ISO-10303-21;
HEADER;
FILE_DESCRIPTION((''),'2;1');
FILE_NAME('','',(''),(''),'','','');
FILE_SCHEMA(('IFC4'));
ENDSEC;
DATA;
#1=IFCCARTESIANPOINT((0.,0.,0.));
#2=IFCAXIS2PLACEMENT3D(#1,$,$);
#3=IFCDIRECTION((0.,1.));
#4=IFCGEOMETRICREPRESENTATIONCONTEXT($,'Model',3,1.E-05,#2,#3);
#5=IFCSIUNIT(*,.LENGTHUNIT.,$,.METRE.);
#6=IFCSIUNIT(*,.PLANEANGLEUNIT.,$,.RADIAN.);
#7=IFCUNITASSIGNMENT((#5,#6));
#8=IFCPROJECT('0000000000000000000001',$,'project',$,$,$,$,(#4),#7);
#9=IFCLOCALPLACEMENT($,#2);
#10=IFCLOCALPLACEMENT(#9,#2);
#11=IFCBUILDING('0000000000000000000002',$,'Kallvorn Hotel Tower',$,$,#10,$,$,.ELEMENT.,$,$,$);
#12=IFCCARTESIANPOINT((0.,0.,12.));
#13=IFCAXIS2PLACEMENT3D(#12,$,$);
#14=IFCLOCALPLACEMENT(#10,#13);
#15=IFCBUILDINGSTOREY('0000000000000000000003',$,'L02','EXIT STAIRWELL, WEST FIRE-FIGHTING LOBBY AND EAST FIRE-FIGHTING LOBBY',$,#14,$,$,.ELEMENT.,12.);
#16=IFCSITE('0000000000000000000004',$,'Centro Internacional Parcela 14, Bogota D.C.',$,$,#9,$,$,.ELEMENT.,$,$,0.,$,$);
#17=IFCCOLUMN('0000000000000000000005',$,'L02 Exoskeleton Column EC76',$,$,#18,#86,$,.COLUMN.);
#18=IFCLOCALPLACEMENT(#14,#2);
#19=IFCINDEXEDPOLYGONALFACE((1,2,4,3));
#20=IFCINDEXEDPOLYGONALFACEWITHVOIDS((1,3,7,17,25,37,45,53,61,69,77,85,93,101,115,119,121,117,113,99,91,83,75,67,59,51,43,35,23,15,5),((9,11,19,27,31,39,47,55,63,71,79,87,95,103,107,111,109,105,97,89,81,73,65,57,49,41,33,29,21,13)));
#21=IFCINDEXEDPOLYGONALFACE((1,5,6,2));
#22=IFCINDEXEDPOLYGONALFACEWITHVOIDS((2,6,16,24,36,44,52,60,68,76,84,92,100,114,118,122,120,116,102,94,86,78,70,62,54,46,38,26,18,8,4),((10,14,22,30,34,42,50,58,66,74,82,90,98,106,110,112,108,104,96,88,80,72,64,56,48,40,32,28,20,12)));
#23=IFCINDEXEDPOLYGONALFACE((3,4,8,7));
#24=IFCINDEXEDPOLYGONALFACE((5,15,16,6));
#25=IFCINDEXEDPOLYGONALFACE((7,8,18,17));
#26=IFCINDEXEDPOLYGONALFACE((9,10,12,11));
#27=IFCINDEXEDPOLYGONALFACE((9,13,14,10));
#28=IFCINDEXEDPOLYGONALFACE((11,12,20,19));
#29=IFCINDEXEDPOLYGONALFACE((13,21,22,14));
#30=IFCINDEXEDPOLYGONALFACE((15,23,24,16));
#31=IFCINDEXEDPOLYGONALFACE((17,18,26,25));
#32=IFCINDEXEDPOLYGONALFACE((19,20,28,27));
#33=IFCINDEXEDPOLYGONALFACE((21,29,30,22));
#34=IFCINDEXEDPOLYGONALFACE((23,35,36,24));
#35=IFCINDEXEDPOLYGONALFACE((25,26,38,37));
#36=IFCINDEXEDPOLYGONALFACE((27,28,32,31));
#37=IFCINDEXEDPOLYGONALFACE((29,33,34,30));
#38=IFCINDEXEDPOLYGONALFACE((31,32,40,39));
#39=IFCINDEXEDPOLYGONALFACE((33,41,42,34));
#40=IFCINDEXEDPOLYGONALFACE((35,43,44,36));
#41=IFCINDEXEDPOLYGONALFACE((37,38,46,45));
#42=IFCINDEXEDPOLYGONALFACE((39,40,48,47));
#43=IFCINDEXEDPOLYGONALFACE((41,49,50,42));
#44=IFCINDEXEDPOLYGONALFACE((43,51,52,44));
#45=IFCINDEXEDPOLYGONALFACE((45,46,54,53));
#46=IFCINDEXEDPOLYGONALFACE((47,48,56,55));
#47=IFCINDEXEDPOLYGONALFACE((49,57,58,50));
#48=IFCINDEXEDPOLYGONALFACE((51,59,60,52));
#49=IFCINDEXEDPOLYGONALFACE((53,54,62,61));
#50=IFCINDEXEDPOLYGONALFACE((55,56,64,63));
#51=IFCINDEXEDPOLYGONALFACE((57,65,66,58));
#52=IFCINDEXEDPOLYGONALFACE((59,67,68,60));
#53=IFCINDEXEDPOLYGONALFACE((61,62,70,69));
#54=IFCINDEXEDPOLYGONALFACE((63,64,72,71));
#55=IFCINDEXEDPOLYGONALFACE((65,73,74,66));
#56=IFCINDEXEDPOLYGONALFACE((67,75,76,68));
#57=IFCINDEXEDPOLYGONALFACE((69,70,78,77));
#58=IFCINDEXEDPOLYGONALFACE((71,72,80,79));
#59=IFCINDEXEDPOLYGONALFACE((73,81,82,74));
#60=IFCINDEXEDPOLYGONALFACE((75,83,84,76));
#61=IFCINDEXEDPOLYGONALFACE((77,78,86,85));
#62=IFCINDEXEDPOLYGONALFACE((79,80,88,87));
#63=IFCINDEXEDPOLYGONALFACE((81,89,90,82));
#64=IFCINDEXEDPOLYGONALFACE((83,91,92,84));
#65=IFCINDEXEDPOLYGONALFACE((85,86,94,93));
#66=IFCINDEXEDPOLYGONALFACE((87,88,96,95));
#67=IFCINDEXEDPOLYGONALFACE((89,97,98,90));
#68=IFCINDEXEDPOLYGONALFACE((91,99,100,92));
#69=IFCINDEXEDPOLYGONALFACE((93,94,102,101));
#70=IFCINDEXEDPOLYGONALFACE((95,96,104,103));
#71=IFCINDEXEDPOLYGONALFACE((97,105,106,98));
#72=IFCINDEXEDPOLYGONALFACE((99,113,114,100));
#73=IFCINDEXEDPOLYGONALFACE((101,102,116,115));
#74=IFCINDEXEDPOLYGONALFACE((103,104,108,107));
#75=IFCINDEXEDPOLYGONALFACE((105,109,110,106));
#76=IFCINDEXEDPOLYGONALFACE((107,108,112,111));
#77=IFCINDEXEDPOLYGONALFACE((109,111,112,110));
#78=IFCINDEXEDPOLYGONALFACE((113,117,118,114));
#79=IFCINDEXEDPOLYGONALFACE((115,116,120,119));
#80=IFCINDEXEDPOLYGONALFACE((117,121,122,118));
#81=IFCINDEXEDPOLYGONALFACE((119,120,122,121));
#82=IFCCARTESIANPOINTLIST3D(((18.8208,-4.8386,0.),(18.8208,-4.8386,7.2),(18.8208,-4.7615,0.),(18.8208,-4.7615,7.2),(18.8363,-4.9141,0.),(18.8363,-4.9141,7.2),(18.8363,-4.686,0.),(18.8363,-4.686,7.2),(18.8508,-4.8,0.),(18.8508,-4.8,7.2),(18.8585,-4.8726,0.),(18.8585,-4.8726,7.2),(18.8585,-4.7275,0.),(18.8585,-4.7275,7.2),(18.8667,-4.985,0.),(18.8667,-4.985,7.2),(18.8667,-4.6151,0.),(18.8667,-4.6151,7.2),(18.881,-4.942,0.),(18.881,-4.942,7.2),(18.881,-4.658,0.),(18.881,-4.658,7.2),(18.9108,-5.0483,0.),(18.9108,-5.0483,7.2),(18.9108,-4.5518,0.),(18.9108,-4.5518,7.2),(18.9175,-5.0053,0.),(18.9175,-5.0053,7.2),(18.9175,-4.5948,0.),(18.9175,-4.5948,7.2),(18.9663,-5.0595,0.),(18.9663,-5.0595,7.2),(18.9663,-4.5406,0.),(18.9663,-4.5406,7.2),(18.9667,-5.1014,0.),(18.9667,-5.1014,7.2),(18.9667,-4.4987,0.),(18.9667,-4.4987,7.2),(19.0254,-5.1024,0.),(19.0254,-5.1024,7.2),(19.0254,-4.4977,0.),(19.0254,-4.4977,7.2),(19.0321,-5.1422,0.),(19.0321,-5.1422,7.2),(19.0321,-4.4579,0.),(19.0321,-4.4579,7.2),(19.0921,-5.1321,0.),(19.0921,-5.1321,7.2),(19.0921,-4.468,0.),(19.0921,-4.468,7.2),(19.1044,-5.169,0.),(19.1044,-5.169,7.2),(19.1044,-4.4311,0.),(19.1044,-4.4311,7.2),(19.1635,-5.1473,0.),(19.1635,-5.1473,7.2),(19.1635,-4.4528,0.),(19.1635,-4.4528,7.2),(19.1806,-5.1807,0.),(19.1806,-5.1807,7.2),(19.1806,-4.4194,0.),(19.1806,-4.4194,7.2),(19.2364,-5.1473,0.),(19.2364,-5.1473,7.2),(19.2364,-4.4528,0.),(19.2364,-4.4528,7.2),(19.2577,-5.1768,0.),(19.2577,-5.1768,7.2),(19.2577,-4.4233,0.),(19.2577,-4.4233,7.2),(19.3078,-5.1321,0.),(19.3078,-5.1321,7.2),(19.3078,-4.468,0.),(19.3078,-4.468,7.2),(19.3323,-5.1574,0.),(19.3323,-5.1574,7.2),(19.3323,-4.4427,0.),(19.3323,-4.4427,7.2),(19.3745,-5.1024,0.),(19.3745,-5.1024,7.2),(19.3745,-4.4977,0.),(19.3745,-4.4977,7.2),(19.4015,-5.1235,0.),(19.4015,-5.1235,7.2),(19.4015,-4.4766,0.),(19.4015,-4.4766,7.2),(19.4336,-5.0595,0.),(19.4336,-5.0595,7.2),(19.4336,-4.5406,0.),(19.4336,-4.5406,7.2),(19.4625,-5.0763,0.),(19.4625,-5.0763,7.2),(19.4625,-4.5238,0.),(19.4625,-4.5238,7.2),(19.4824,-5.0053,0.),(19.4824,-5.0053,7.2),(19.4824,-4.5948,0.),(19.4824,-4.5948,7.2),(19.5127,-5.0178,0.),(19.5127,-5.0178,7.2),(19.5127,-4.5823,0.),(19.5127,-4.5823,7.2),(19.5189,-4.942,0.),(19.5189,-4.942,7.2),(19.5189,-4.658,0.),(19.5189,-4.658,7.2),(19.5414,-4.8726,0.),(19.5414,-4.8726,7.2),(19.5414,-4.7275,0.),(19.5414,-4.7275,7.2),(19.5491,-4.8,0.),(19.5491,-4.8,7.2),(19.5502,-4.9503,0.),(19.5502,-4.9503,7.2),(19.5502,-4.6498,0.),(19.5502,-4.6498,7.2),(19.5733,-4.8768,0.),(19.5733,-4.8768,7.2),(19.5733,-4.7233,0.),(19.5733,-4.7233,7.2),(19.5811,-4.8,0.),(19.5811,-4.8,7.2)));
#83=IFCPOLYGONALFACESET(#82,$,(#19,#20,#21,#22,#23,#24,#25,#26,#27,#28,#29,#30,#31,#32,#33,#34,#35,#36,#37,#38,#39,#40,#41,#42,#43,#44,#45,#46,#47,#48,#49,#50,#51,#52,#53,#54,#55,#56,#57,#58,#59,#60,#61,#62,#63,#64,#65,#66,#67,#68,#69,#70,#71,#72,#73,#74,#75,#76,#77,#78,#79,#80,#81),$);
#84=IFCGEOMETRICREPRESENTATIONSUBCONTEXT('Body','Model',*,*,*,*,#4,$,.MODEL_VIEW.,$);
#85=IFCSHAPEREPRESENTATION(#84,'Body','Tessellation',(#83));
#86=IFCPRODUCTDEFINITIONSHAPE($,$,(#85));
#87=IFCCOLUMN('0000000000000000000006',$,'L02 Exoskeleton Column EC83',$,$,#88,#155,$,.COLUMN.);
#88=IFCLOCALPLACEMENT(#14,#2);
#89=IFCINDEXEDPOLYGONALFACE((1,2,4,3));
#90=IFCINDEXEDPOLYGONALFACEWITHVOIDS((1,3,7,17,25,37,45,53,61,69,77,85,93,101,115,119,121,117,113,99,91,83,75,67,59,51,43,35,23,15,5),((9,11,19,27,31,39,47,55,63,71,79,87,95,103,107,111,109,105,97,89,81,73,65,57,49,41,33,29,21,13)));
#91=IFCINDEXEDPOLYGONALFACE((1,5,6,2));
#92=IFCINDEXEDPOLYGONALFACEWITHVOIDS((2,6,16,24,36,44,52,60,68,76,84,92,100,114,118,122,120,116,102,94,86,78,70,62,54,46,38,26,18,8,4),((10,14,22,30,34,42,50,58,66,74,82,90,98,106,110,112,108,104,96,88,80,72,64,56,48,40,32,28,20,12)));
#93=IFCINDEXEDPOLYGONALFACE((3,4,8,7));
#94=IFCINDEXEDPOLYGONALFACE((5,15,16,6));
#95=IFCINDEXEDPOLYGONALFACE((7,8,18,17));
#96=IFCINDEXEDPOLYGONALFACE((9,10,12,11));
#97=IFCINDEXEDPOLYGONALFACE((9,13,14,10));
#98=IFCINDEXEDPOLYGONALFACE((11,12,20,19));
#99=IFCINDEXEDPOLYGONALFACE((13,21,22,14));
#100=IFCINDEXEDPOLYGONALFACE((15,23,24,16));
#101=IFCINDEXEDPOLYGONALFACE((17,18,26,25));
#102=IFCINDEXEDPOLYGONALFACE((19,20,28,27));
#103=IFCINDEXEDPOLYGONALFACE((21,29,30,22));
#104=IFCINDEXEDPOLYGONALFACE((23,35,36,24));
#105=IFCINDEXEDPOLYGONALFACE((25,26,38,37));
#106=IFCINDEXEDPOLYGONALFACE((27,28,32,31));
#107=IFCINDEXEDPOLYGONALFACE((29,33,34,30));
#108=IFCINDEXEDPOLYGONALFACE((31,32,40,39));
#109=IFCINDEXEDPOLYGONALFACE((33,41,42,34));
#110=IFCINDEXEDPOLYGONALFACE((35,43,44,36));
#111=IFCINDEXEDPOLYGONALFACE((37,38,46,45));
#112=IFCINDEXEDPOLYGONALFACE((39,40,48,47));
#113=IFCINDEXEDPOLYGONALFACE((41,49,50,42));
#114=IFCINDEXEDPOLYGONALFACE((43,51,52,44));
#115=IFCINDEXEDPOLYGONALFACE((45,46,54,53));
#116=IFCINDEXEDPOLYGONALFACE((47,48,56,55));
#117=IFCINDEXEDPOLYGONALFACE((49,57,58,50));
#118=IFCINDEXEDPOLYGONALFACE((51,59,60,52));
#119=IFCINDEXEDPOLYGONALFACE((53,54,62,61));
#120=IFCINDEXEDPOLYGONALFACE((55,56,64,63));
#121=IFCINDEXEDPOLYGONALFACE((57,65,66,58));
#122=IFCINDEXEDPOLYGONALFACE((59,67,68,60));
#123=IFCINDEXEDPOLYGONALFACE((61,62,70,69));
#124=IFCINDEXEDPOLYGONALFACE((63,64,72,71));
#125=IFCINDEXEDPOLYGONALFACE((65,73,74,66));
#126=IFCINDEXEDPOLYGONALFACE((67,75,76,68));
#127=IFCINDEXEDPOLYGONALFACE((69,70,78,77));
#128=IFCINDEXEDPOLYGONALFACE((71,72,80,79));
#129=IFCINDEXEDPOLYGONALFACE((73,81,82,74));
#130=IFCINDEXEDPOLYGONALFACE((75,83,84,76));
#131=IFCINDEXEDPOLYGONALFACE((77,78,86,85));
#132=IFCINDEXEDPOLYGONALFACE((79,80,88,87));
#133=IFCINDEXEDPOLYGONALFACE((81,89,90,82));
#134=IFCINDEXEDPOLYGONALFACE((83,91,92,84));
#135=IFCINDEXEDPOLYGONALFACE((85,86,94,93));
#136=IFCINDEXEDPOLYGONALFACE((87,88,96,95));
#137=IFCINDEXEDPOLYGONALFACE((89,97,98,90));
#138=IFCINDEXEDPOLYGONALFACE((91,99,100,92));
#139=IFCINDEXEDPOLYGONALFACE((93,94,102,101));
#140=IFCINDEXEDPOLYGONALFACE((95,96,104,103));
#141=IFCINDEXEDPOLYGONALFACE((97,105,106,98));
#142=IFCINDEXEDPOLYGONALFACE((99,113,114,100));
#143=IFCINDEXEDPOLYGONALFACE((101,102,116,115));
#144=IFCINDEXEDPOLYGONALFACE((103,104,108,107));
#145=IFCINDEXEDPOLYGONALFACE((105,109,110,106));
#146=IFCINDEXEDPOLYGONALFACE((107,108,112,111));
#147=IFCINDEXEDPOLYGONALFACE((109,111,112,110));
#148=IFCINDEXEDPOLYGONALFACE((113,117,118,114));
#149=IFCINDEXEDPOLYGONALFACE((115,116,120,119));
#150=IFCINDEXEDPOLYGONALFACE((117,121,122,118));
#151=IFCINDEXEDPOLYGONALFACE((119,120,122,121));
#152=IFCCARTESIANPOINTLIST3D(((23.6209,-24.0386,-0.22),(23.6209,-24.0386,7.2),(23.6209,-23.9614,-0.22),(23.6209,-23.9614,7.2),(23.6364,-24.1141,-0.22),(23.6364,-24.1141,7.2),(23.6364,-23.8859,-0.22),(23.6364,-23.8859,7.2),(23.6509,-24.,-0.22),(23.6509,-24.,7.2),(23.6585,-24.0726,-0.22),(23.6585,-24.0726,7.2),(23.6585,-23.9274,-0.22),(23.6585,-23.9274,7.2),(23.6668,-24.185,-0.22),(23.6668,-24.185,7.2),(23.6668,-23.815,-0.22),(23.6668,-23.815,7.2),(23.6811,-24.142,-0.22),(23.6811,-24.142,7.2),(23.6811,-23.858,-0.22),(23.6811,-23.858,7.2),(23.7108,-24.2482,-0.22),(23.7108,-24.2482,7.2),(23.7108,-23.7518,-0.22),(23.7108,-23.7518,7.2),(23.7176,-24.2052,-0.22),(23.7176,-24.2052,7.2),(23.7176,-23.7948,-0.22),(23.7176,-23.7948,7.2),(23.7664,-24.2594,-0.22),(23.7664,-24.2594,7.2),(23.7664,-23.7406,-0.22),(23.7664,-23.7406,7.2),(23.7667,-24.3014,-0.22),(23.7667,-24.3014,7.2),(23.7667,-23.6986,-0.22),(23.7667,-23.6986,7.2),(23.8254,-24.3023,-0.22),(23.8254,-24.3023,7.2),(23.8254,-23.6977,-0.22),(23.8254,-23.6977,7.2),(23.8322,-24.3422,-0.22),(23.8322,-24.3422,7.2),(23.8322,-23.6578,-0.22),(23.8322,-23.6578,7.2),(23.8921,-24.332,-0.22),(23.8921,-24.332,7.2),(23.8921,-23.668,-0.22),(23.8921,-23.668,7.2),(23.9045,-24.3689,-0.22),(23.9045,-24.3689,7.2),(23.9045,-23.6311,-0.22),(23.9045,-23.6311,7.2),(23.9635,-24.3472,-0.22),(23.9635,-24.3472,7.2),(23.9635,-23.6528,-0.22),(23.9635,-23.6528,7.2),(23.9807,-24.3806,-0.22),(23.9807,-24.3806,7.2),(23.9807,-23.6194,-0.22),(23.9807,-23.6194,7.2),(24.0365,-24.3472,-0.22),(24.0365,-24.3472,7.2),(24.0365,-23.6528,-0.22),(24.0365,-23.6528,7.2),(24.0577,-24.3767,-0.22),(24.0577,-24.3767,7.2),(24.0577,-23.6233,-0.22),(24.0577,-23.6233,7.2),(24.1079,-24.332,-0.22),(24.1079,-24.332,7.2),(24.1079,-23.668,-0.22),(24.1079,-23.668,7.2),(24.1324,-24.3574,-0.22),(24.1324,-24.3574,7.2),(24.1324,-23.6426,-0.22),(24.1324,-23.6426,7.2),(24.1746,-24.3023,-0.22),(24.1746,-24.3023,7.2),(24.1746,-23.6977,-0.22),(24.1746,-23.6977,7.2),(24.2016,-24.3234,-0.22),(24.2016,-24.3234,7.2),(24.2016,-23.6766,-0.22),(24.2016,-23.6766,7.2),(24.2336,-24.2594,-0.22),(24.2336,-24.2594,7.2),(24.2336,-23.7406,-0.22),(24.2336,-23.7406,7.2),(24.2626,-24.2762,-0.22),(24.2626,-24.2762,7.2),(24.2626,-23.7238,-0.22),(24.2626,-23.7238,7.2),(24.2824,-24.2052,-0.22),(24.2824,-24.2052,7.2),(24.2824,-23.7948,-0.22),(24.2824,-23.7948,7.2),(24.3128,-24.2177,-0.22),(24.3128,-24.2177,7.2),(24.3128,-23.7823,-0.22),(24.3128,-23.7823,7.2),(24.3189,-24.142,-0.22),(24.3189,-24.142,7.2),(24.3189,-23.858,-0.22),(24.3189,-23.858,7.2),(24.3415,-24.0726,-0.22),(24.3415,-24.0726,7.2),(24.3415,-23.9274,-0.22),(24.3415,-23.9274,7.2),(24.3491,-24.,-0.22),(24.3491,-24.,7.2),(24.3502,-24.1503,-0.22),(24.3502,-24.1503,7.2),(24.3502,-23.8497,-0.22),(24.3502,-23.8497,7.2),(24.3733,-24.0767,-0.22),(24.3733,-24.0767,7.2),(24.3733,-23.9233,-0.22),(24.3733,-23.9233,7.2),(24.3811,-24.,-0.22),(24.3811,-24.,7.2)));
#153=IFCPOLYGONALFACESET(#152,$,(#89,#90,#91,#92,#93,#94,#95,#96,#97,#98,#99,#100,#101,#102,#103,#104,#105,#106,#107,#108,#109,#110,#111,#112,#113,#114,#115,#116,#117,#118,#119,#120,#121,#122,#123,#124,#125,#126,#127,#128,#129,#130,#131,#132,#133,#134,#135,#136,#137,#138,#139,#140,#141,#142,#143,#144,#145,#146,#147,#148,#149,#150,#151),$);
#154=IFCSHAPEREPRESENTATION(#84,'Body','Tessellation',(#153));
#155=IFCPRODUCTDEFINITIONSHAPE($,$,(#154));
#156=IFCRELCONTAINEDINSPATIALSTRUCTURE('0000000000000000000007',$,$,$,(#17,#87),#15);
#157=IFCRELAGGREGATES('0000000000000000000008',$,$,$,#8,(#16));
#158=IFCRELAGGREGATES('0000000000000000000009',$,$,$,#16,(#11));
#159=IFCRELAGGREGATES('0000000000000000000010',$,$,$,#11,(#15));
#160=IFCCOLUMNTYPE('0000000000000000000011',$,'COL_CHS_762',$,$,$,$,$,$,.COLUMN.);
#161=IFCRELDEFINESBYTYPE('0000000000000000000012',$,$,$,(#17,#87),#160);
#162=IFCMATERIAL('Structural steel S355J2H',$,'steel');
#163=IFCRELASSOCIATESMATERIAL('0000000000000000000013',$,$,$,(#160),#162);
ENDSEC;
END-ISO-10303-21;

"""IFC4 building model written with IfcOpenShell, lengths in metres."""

from ifc_helpers import new_model, si_unit, direction, frame, origin, origin_2d, place, context, subcontext, project, spatial, hollow_circle, extrude, material, material_profile, profile_set, type_object, element, save


model = new_model("IFC4")

# Units and contexts
model_context = context("Model", 3, precision=1e-05, world=origin(), true_north=direction((0.0, 1.0)))
body_context = subcontext(model_context, "Body", "Model", "MODEL_VIEW")
ifc_project = project(units=[si_unit("LENGTHUNIT", "METRE"), si_unit("PLANEANGLEUNIT", "RADIAN")], contexts=[model_context])

# Site, building, storey
site_placement = place(None, origin())
site = spatial("IfcSite", under=ifc_project, at=site_placement, Name="Centro Internacional Parcela 14, Bogota D.C.", CompositionType="ELEMENT", RefElevation=0.0)
building_placement = place(site_placement, origin())
building = spatial("IfcBuilding", under=site, at=building_placement, Name="Kallvorn Hotel Tower", CompositionType="ELEMENT")
storey_placement = place(building_placement, frame((0.0, 0.0, 12.0)))
storey = spatial("IfcBuildingStorey", under=building, at=storey_placement, Name="L02", Description="EXIT STAIRWELL, WEST FIRE-FIGHTING LOBBY AND EAST FIRE-FIGHTING LOBBY", CompositionType="ELEMENT", Elevation=12.0)

# Columns
ifc_material_1 = material(Name="Structural steel S355J2H", Category="steel")
ifc_material_profile_1 = material_profile(ifc_material_1, hollow_circle(Radius=0.3811, WallThickness=0.032, at=origin_2d()), Name="CHS 762x32")
ifc_profile_set_1 = profile_set([ifc_material_profile_1], Name="Structural steel S355J2H")
column_type_1 = type_object("IfcColumnType", Name="COL_CHS_762", PredefinedType="COLUMN", material=ifc_profile_set_1)
for number, where, z_axis, x_axis, name in (
    (1, (19.2, -4.8, 0.0), (0.0, 0.0, 1.0), (1.0, 0.0, 0.0), "L02 Exoskeleton Column EC76"),
):
    element("IfcColumn", number, at=place(storey_placement, frame(where, z_axis=z_axis, x_axis=x_axis)), inside=storey, type_object=column_type_1, Name=name, PredefinedType="COLUMN", context=body_context, shape_type="SweptSolid", body=[
        extrude(hollow_circle(Radius=0.3811, WallThickness=0.032, at=origin_2d()), origin(), (0.0, 0.0, 1.0), 7.2),
    ])
column_1_placement = place(storey_placement, frame((24.0, -24.0, -0.22), z_axis=(0.0, 0.0, 1.0), x_axis=(1.0, 0.0, 0.0)))
element("IfcColumn", 2, at=column_1_placement, inside=storey, type_object=column_type_1, Name="L02 Exoskeleton Column EC83", PredefinedType="COLUMN", context=body_context, shape_type="SweptSolid", body=[
    extrude(hollow_circle(Radius=0.3811, WallThickness=0.032, at=origin_2d()), origin(), (0.0, 0.0, 1.0), 7.4199),
])

save(model, "model.ifc")
